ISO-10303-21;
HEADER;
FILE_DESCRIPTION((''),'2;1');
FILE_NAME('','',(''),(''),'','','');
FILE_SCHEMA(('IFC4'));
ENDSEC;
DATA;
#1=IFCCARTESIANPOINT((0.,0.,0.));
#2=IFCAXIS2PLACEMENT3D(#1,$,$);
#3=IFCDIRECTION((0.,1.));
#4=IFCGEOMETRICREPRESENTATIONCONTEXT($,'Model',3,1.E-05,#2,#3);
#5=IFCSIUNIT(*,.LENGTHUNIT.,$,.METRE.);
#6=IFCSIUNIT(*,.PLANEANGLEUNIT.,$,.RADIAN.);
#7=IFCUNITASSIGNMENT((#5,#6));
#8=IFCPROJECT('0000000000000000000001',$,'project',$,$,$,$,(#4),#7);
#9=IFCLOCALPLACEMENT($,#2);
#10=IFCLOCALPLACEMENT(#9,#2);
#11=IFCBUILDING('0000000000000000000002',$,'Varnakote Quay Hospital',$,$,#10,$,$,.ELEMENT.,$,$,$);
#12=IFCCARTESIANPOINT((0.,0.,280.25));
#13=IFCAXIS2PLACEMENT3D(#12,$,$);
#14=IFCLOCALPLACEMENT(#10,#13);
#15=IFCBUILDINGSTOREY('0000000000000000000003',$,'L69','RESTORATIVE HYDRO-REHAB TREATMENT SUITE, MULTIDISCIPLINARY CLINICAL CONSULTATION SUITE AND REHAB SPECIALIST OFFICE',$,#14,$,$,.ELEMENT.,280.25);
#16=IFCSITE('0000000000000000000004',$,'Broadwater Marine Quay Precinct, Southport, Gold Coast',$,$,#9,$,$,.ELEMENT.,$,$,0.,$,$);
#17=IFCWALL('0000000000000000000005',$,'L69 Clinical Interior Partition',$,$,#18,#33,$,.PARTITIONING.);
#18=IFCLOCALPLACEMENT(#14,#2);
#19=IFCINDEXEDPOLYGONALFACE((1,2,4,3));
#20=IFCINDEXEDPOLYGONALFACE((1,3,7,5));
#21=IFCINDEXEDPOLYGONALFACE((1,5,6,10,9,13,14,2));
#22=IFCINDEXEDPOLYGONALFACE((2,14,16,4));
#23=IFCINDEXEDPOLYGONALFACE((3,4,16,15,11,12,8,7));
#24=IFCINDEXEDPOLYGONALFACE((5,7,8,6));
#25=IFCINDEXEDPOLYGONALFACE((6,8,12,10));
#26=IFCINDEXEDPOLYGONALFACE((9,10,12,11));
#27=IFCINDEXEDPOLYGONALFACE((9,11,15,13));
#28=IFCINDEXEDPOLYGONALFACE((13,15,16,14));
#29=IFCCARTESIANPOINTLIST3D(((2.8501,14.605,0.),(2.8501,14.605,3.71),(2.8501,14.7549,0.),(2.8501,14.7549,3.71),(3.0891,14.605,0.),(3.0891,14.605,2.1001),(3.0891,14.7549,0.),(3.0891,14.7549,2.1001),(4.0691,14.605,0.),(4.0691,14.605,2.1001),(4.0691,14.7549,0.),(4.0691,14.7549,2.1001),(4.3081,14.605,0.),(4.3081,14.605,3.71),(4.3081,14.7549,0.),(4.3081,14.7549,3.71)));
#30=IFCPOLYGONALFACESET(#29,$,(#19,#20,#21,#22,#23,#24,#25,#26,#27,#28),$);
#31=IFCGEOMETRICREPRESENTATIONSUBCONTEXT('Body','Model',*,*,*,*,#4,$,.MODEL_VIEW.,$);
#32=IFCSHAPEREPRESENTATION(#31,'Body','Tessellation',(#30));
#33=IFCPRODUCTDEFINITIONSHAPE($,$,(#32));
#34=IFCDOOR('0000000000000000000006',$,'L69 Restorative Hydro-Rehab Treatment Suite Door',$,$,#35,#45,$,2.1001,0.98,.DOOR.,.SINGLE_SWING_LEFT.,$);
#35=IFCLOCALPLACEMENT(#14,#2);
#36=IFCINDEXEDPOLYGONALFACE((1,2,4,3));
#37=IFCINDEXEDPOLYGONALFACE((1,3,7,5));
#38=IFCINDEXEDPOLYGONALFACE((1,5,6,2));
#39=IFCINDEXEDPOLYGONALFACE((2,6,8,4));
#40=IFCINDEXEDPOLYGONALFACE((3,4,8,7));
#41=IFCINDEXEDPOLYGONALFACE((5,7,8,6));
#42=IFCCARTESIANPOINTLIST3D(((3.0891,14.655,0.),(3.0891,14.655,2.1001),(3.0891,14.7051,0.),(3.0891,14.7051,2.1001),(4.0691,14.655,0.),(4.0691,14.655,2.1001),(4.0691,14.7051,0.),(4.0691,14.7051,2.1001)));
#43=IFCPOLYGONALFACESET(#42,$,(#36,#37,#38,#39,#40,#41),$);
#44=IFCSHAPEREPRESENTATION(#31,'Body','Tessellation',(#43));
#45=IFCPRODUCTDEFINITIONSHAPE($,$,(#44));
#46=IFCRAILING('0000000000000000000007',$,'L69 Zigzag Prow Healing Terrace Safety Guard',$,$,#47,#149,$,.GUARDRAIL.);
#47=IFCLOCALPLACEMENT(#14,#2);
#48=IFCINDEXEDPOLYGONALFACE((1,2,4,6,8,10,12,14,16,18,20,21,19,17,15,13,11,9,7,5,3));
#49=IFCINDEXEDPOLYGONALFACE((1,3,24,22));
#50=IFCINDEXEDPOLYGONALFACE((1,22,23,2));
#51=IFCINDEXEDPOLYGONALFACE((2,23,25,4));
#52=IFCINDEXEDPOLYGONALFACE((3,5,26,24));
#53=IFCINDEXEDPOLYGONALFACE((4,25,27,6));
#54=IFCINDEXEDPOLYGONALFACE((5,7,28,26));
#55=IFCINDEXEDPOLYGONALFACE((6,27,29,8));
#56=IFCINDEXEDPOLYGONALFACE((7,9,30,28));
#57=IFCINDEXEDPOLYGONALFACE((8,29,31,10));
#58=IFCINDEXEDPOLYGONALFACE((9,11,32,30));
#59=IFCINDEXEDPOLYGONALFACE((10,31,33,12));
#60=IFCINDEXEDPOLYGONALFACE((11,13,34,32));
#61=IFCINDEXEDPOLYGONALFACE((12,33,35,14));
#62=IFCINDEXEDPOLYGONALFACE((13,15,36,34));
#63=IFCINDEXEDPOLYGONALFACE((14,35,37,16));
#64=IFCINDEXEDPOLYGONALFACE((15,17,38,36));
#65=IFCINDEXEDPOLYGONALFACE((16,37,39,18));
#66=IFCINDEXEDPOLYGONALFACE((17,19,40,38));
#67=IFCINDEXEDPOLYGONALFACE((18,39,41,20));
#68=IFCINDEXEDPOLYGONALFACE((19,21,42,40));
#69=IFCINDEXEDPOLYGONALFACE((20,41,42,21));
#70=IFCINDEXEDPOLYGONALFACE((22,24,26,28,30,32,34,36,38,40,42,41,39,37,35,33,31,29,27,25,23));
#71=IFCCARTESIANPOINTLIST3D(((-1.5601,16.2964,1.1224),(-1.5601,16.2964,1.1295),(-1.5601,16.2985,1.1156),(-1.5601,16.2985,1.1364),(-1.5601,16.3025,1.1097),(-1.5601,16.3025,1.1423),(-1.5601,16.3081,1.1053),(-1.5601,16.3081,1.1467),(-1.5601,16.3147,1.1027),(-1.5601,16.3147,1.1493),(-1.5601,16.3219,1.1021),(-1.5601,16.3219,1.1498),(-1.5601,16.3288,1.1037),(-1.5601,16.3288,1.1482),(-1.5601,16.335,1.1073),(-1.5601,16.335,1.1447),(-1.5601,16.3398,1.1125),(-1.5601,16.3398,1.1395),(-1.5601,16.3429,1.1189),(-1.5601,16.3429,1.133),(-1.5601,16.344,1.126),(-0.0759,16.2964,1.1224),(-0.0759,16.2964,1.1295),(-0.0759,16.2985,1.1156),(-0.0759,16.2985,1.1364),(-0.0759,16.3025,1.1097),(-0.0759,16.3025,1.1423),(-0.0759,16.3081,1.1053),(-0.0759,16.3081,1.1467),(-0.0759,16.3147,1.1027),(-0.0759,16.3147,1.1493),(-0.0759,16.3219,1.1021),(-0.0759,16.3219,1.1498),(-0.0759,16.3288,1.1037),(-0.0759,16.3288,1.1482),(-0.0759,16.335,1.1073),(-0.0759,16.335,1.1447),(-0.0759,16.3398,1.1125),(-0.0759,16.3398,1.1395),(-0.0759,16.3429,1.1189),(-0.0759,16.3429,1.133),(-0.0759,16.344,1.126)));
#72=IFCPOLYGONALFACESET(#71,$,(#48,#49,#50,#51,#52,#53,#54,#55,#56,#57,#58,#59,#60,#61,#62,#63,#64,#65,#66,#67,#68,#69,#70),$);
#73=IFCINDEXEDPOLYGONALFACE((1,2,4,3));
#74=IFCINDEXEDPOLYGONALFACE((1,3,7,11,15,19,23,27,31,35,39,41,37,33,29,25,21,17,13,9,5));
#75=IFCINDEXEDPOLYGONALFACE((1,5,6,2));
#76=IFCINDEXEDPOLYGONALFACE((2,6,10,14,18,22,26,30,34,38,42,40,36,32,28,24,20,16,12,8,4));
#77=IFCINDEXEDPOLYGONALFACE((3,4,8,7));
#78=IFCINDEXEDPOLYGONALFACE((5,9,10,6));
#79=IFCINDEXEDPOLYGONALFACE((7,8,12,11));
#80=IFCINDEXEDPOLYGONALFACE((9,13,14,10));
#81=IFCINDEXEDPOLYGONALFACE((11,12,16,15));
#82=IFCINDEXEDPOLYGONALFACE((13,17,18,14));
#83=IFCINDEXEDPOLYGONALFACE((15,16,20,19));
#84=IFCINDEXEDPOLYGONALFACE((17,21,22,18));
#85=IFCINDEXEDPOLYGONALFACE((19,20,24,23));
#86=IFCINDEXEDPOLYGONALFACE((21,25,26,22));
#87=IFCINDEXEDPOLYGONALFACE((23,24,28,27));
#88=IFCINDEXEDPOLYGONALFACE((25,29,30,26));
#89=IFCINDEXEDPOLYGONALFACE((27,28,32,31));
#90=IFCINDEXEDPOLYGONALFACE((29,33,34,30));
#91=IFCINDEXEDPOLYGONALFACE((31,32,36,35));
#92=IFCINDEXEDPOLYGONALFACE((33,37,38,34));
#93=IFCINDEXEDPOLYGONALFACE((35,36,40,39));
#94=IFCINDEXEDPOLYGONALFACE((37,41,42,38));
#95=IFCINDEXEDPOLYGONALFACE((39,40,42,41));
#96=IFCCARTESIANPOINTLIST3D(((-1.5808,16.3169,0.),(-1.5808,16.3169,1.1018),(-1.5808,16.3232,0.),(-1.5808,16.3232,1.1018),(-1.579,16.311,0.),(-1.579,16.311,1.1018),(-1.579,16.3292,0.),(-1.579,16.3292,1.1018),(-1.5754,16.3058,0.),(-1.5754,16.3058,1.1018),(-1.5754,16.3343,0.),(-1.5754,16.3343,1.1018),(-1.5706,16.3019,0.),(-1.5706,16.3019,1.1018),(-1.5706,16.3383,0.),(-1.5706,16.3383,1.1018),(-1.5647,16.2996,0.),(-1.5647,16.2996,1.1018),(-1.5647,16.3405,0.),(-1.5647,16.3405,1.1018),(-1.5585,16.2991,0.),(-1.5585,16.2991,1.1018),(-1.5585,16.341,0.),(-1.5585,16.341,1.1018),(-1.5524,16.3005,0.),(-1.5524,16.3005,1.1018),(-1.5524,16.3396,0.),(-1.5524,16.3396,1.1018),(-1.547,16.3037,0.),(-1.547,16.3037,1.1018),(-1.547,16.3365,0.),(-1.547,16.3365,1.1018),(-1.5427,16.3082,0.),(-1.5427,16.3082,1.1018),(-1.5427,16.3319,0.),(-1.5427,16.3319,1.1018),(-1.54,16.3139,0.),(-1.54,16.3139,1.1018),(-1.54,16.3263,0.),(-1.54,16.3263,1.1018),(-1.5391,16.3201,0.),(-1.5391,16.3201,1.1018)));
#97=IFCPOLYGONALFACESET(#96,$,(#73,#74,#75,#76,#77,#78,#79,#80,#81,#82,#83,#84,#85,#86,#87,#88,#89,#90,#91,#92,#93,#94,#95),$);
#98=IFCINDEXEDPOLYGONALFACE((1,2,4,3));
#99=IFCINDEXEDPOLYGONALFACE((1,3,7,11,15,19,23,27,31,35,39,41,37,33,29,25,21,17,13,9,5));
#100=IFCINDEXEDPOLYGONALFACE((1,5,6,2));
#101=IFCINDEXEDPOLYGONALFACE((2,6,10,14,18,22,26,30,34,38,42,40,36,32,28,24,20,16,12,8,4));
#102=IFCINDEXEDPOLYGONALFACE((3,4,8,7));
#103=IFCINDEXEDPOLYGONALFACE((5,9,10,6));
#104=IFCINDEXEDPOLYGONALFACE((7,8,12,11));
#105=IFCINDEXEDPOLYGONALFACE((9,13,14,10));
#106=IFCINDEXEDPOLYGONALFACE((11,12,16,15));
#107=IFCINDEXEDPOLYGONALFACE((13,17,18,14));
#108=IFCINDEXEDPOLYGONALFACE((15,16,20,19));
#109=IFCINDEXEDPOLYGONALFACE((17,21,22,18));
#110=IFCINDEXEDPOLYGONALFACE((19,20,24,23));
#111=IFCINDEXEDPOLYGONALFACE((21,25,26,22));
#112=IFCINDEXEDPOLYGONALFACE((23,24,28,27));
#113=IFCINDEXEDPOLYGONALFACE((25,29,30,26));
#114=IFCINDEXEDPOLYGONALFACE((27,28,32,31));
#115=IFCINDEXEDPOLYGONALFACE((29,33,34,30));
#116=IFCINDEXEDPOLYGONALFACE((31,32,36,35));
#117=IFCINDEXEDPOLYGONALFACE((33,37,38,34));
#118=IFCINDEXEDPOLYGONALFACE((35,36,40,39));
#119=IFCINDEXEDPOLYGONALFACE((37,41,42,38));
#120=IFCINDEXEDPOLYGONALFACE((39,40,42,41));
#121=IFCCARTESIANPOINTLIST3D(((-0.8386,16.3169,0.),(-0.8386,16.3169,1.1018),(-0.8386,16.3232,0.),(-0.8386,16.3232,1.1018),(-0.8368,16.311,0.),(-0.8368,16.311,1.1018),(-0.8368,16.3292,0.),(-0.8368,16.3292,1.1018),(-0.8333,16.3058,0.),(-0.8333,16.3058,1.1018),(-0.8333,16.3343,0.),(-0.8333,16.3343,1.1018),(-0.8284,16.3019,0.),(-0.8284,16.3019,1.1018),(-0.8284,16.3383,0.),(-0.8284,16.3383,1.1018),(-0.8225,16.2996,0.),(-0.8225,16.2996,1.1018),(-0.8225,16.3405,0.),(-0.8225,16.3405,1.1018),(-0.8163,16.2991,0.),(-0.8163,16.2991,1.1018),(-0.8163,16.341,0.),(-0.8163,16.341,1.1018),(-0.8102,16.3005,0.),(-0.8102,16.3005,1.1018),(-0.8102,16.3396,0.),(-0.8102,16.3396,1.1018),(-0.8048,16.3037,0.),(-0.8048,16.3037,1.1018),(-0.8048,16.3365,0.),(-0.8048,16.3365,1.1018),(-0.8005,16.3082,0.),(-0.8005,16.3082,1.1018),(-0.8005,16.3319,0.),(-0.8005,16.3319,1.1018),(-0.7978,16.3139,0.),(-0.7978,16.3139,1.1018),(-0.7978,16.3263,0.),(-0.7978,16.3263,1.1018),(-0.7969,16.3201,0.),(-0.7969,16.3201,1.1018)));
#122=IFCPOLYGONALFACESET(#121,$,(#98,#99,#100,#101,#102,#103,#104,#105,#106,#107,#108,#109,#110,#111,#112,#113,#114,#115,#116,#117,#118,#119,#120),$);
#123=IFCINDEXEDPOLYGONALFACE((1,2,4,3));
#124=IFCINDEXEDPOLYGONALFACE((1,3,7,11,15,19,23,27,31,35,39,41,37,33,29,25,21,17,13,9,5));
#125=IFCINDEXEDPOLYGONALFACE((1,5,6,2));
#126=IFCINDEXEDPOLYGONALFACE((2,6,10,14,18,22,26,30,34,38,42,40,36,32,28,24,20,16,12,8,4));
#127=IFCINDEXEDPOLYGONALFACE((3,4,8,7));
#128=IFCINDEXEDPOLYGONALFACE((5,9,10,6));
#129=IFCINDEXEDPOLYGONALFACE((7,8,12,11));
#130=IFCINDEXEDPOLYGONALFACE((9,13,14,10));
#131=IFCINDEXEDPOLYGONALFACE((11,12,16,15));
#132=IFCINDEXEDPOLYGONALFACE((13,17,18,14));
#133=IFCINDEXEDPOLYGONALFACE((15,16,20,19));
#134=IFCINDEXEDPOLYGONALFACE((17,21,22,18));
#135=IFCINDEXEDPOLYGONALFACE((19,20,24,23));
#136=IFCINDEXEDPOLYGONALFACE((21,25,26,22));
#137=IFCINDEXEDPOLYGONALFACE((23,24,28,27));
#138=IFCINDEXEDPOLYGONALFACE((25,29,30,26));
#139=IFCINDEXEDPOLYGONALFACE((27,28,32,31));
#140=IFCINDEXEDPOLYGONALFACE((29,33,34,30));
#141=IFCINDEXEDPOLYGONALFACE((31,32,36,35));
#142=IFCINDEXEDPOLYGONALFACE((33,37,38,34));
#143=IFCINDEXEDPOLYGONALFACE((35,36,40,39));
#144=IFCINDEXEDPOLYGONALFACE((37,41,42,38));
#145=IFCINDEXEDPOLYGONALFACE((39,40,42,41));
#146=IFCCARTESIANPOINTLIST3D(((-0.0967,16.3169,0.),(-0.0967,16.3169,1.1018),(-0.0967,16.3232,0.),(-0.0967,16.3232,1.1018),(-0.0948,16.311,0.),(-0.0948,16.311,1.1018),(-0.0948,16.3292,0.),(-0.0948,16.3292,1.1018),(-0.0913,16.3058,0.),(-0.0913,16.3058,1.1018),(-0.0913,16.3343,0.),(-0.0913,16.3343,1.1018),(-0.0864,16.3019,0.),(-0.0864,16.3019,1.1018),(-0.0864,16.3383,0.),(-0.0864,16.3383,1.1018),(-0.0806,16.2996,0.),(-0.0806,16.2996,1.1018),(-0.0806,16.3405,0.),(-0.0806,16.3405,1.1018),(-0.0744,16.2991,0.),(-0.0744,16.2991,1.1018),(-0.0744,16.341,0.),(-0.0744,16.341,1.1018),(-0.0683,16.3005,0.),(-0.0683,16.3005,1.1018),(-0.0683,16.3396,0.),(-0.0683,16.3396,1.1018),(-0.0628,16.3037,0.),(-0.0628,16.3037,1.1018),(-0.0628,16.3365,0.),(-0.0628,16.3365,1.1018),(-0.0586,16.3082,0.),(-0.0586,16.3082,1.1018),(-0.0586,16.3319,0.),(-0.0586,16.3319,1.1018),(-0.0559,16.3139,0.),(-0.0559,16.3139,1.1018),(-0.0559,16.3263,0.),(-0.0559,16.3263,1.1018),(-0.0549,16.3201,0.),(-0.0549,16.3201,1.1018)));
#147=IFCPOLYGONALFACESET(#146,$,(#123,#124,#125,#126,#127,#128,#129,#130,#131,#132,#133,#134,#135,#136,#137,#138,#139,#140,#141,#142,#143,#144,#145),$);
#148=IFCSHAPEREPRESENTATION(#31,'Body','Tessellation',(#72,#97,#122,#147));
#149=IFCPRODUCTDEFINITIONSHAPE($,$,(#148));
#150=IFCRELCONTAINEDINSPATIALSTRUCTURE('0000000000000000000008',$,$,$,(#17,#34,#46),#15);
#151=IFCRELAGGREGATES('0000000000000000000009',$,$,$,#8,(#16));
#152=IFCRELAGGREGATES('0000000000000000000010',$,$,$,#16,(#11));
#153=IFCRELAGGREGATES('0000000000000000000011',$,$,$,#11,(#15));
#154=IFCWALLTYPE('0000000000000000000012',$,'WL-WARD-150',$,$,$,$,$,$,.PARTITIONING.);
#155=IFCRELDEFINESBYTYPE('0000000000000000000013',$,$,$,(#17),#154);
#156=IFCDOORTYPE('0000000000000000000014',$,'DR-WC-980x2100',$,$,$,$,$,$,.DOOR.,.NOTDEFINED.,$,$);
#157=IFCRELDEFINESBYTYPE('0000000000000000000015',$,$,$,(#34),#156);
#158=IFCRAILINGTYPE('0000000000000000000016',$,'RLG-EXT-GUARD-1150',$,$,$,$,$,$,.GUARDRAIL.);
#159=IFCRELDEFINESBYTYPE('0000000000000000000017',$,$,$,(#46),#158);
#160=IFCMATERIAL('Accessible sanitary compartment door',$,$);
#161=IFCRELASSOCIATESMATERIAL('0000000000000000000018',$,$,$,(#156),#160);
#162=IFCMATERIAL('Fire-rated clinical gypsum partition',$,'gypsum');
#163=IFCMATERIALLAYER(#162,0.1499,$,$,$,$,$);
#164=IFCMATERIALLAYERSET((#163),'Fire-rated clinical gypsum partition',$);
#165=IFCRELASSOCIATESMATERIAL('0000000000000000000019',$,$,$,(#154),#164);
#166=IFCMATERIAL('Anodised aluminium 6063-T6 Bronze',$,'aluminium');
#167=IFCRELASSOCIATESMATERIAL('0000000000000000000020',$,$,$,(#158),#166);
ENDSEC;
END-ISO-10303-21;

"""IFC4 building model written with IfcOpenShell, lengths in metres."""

from ifc_helpers import new_model, si_unit, direction, frame, frame_2d, origin, origin_2d, place, context, subcontext, project, spatial, rectangle, circle, extrude, material, layer, layer_set, type_object, element, fill, save


model = new_model("IFC4")

# Units and contexts
model_context = context("Model", 3, precision=1e-05, world=origin(), true_north=direction((0.0, 1.0)))
body_context = subcontext(model_context, "Body", "Model", "MODEL_VIEW")
ifc_project = project(units=[si_unit("LENGTHUNIT", "METRE"), si_unit("PLANEANGLEUNIT", "RADIAN")], contexts=[model_context])

# Site, building, storey
site_placement = place(None, origin())
site = spatial("IfcSite", under=ifc_project, at=site_placement, Name="Broadwater Marine Quay Precinct, Southport, Gold Coast", CompositionType="ELEMENT", RefElevation=0.0)
building_placement = place(site_placement, origin())
building = spatial("IfcBuilding", under=site, at=building_placement, Name="Varnakote Quay Hospital", CompositionType="ELEMENT")
storey_placement = place(building_placement, frame((0.0, 0.0, 280.25)))
storey = spatial("IfcBuildingStorey", under=building, at=storey_placement, Name="L69", Description="RESTORATIVE HYDRO-REHAB TREATMENT SUITE, MULTIDISCIPLINARY CLINICAL CONSULTATION SUITE AND REHAB SPECIALIST OFFICE", CompositionType="ELEMENT", Elevation=280.25)

# Shared definitions
ifc_material_1 = material(Name="Accessible sanitary compartment door")
door_type_1 = type_object("IfcDoorType", Name="DR-WC-980x2100", OperationType="NOTDEFINED", PredefinedType="DOOR", material=ifc_material_1)

# Wall, opening, door
ifc_material_2 = material(Name="Fire-rated clinical gypsum partition", Category="gypsum")
ifc_layer_1 = layer(ifc_material_2, 0.1499)
ifc_layer_set_1 = layer_set([ifc_layer_1], Name="Fire-rated clinical gypsum partition")
wall_type_1 = type_object("IfcWallType", Name="WL-WARD-150", PredefinedType="PARTITIONING", material=ifc_layer_set_1)
wall_1_placement = place(storey_placement, frame((4.3081, 14.6799, 0.0), z_axis=(0.0, 0.0, 1.0), x_axis=(-1.0, 0.0, 0.0)))
wall_1 = element("IfcWall", 1, at=wall_1_placement, inside=storey, type_object=wall_type_1, Name="L69 Clinical Interior Partition", PredefinedType="PARTITIONING", context=body_context, shape_type="SweptSolid", body=[
    extrude(rectangle(XDim=1.458, YDim=0.1499, at=frame_2d((0.729, 0.0))), origin(), (0.0, 0.0, 1.0), 3.71),
])
opening_1_placement = place(wall_1_placement, frame((0.239, 0.0, 0.0)))
opening_1 = element("IfcOpeningElement", 2, at=opening_1_placement, cuts=wall_1, PredefinedType="OPENING", context=body_context, shape_type="SweptSolid", body=[
    extrude(rectangle(XDim=0.98, YDim=2.1001, at=frame_2d((0.49, 1.05))), frame((0.0, 0.085, 0.0), z_axis=(0.0, -1.0, 0.0), x_axis=(1.0, 0.0, 0.0)), (0.0, 0.0, 1.0), 0.1699),
])
door_1_placement = place(opening_1_placement, origin())
door_1 = element("IfcDoor", 3, at=door_1_placement, inside=storey, type_object=door_type_1, Name="L69 Restorative Hydro-Rehab Treatment Suite Door", OperationType="SINGLE_SWING_LEFT", OverallHeight=2.1001, OverallWidth=0.98, PredefinedType="DOOR", context=body_context, shape_type="SweptSolid", body=[
    extrude(rectangle(XDim=0.98, YDim=2.1001, at=frame_2d((0.49, 1.05))), frame((0.0, 0.0249, 0.0), z_axis=(0.0, -1.0, 0.0), x_axis=(1.0, 0.0, 0.0)), (0.0, 0.0, 1.0), 0.05),
])
fill(opening_1, door_1)

# Railing
ifc_material_3 = material(Name="Anodised aluminium 6063-T6 Bronze", Category="aluminium")
railing_type = type_object("IfcRailingType", Name="RLG-EXT-GUARD-1150", PredefinedType="GUARDRAIL", material=ifc_material_3)
railing_1_placement = place(storey_placement, frame((-1.5601, 16.3201, 0.0)))
element("IfcRailing", 4, at=railing_1_placement, inside=storey, type_object=railing_type, Name="L69 Zigzag Prow Healing Terrace Safety Guard", PredefinedType="GUARDRAIL", context=body_context, shape_type="SweptSolid", body=[
    extrude(circle(Radius=0.0239, at=origin_2d()), frame((0.0, 0.0, 1.126), z_axis=(1.0, 0.0, 0.0), x_axis=(0.0, 1.0, 0.0)), (0.0, 0.0, 1.0), 1.4841),
    extrude(circle(Radius=0.021, at=origin_2d()), origin(), (0.0, 0.0, 1.0), 1.1018),
    extrude(circle(Radius=0.021, at=origin_2d()), frame((0.7422, 0.0, 0.0)), (0.0, 0.0, 1.0), 1.1018),
    extrude(circle(Radius=0.021, at=origin_2d()), frame((1.4841, 0.0, 0.0)), (0.0, 0.0, 1.0), 1.1018),
])

save(model, "model.ifc")
